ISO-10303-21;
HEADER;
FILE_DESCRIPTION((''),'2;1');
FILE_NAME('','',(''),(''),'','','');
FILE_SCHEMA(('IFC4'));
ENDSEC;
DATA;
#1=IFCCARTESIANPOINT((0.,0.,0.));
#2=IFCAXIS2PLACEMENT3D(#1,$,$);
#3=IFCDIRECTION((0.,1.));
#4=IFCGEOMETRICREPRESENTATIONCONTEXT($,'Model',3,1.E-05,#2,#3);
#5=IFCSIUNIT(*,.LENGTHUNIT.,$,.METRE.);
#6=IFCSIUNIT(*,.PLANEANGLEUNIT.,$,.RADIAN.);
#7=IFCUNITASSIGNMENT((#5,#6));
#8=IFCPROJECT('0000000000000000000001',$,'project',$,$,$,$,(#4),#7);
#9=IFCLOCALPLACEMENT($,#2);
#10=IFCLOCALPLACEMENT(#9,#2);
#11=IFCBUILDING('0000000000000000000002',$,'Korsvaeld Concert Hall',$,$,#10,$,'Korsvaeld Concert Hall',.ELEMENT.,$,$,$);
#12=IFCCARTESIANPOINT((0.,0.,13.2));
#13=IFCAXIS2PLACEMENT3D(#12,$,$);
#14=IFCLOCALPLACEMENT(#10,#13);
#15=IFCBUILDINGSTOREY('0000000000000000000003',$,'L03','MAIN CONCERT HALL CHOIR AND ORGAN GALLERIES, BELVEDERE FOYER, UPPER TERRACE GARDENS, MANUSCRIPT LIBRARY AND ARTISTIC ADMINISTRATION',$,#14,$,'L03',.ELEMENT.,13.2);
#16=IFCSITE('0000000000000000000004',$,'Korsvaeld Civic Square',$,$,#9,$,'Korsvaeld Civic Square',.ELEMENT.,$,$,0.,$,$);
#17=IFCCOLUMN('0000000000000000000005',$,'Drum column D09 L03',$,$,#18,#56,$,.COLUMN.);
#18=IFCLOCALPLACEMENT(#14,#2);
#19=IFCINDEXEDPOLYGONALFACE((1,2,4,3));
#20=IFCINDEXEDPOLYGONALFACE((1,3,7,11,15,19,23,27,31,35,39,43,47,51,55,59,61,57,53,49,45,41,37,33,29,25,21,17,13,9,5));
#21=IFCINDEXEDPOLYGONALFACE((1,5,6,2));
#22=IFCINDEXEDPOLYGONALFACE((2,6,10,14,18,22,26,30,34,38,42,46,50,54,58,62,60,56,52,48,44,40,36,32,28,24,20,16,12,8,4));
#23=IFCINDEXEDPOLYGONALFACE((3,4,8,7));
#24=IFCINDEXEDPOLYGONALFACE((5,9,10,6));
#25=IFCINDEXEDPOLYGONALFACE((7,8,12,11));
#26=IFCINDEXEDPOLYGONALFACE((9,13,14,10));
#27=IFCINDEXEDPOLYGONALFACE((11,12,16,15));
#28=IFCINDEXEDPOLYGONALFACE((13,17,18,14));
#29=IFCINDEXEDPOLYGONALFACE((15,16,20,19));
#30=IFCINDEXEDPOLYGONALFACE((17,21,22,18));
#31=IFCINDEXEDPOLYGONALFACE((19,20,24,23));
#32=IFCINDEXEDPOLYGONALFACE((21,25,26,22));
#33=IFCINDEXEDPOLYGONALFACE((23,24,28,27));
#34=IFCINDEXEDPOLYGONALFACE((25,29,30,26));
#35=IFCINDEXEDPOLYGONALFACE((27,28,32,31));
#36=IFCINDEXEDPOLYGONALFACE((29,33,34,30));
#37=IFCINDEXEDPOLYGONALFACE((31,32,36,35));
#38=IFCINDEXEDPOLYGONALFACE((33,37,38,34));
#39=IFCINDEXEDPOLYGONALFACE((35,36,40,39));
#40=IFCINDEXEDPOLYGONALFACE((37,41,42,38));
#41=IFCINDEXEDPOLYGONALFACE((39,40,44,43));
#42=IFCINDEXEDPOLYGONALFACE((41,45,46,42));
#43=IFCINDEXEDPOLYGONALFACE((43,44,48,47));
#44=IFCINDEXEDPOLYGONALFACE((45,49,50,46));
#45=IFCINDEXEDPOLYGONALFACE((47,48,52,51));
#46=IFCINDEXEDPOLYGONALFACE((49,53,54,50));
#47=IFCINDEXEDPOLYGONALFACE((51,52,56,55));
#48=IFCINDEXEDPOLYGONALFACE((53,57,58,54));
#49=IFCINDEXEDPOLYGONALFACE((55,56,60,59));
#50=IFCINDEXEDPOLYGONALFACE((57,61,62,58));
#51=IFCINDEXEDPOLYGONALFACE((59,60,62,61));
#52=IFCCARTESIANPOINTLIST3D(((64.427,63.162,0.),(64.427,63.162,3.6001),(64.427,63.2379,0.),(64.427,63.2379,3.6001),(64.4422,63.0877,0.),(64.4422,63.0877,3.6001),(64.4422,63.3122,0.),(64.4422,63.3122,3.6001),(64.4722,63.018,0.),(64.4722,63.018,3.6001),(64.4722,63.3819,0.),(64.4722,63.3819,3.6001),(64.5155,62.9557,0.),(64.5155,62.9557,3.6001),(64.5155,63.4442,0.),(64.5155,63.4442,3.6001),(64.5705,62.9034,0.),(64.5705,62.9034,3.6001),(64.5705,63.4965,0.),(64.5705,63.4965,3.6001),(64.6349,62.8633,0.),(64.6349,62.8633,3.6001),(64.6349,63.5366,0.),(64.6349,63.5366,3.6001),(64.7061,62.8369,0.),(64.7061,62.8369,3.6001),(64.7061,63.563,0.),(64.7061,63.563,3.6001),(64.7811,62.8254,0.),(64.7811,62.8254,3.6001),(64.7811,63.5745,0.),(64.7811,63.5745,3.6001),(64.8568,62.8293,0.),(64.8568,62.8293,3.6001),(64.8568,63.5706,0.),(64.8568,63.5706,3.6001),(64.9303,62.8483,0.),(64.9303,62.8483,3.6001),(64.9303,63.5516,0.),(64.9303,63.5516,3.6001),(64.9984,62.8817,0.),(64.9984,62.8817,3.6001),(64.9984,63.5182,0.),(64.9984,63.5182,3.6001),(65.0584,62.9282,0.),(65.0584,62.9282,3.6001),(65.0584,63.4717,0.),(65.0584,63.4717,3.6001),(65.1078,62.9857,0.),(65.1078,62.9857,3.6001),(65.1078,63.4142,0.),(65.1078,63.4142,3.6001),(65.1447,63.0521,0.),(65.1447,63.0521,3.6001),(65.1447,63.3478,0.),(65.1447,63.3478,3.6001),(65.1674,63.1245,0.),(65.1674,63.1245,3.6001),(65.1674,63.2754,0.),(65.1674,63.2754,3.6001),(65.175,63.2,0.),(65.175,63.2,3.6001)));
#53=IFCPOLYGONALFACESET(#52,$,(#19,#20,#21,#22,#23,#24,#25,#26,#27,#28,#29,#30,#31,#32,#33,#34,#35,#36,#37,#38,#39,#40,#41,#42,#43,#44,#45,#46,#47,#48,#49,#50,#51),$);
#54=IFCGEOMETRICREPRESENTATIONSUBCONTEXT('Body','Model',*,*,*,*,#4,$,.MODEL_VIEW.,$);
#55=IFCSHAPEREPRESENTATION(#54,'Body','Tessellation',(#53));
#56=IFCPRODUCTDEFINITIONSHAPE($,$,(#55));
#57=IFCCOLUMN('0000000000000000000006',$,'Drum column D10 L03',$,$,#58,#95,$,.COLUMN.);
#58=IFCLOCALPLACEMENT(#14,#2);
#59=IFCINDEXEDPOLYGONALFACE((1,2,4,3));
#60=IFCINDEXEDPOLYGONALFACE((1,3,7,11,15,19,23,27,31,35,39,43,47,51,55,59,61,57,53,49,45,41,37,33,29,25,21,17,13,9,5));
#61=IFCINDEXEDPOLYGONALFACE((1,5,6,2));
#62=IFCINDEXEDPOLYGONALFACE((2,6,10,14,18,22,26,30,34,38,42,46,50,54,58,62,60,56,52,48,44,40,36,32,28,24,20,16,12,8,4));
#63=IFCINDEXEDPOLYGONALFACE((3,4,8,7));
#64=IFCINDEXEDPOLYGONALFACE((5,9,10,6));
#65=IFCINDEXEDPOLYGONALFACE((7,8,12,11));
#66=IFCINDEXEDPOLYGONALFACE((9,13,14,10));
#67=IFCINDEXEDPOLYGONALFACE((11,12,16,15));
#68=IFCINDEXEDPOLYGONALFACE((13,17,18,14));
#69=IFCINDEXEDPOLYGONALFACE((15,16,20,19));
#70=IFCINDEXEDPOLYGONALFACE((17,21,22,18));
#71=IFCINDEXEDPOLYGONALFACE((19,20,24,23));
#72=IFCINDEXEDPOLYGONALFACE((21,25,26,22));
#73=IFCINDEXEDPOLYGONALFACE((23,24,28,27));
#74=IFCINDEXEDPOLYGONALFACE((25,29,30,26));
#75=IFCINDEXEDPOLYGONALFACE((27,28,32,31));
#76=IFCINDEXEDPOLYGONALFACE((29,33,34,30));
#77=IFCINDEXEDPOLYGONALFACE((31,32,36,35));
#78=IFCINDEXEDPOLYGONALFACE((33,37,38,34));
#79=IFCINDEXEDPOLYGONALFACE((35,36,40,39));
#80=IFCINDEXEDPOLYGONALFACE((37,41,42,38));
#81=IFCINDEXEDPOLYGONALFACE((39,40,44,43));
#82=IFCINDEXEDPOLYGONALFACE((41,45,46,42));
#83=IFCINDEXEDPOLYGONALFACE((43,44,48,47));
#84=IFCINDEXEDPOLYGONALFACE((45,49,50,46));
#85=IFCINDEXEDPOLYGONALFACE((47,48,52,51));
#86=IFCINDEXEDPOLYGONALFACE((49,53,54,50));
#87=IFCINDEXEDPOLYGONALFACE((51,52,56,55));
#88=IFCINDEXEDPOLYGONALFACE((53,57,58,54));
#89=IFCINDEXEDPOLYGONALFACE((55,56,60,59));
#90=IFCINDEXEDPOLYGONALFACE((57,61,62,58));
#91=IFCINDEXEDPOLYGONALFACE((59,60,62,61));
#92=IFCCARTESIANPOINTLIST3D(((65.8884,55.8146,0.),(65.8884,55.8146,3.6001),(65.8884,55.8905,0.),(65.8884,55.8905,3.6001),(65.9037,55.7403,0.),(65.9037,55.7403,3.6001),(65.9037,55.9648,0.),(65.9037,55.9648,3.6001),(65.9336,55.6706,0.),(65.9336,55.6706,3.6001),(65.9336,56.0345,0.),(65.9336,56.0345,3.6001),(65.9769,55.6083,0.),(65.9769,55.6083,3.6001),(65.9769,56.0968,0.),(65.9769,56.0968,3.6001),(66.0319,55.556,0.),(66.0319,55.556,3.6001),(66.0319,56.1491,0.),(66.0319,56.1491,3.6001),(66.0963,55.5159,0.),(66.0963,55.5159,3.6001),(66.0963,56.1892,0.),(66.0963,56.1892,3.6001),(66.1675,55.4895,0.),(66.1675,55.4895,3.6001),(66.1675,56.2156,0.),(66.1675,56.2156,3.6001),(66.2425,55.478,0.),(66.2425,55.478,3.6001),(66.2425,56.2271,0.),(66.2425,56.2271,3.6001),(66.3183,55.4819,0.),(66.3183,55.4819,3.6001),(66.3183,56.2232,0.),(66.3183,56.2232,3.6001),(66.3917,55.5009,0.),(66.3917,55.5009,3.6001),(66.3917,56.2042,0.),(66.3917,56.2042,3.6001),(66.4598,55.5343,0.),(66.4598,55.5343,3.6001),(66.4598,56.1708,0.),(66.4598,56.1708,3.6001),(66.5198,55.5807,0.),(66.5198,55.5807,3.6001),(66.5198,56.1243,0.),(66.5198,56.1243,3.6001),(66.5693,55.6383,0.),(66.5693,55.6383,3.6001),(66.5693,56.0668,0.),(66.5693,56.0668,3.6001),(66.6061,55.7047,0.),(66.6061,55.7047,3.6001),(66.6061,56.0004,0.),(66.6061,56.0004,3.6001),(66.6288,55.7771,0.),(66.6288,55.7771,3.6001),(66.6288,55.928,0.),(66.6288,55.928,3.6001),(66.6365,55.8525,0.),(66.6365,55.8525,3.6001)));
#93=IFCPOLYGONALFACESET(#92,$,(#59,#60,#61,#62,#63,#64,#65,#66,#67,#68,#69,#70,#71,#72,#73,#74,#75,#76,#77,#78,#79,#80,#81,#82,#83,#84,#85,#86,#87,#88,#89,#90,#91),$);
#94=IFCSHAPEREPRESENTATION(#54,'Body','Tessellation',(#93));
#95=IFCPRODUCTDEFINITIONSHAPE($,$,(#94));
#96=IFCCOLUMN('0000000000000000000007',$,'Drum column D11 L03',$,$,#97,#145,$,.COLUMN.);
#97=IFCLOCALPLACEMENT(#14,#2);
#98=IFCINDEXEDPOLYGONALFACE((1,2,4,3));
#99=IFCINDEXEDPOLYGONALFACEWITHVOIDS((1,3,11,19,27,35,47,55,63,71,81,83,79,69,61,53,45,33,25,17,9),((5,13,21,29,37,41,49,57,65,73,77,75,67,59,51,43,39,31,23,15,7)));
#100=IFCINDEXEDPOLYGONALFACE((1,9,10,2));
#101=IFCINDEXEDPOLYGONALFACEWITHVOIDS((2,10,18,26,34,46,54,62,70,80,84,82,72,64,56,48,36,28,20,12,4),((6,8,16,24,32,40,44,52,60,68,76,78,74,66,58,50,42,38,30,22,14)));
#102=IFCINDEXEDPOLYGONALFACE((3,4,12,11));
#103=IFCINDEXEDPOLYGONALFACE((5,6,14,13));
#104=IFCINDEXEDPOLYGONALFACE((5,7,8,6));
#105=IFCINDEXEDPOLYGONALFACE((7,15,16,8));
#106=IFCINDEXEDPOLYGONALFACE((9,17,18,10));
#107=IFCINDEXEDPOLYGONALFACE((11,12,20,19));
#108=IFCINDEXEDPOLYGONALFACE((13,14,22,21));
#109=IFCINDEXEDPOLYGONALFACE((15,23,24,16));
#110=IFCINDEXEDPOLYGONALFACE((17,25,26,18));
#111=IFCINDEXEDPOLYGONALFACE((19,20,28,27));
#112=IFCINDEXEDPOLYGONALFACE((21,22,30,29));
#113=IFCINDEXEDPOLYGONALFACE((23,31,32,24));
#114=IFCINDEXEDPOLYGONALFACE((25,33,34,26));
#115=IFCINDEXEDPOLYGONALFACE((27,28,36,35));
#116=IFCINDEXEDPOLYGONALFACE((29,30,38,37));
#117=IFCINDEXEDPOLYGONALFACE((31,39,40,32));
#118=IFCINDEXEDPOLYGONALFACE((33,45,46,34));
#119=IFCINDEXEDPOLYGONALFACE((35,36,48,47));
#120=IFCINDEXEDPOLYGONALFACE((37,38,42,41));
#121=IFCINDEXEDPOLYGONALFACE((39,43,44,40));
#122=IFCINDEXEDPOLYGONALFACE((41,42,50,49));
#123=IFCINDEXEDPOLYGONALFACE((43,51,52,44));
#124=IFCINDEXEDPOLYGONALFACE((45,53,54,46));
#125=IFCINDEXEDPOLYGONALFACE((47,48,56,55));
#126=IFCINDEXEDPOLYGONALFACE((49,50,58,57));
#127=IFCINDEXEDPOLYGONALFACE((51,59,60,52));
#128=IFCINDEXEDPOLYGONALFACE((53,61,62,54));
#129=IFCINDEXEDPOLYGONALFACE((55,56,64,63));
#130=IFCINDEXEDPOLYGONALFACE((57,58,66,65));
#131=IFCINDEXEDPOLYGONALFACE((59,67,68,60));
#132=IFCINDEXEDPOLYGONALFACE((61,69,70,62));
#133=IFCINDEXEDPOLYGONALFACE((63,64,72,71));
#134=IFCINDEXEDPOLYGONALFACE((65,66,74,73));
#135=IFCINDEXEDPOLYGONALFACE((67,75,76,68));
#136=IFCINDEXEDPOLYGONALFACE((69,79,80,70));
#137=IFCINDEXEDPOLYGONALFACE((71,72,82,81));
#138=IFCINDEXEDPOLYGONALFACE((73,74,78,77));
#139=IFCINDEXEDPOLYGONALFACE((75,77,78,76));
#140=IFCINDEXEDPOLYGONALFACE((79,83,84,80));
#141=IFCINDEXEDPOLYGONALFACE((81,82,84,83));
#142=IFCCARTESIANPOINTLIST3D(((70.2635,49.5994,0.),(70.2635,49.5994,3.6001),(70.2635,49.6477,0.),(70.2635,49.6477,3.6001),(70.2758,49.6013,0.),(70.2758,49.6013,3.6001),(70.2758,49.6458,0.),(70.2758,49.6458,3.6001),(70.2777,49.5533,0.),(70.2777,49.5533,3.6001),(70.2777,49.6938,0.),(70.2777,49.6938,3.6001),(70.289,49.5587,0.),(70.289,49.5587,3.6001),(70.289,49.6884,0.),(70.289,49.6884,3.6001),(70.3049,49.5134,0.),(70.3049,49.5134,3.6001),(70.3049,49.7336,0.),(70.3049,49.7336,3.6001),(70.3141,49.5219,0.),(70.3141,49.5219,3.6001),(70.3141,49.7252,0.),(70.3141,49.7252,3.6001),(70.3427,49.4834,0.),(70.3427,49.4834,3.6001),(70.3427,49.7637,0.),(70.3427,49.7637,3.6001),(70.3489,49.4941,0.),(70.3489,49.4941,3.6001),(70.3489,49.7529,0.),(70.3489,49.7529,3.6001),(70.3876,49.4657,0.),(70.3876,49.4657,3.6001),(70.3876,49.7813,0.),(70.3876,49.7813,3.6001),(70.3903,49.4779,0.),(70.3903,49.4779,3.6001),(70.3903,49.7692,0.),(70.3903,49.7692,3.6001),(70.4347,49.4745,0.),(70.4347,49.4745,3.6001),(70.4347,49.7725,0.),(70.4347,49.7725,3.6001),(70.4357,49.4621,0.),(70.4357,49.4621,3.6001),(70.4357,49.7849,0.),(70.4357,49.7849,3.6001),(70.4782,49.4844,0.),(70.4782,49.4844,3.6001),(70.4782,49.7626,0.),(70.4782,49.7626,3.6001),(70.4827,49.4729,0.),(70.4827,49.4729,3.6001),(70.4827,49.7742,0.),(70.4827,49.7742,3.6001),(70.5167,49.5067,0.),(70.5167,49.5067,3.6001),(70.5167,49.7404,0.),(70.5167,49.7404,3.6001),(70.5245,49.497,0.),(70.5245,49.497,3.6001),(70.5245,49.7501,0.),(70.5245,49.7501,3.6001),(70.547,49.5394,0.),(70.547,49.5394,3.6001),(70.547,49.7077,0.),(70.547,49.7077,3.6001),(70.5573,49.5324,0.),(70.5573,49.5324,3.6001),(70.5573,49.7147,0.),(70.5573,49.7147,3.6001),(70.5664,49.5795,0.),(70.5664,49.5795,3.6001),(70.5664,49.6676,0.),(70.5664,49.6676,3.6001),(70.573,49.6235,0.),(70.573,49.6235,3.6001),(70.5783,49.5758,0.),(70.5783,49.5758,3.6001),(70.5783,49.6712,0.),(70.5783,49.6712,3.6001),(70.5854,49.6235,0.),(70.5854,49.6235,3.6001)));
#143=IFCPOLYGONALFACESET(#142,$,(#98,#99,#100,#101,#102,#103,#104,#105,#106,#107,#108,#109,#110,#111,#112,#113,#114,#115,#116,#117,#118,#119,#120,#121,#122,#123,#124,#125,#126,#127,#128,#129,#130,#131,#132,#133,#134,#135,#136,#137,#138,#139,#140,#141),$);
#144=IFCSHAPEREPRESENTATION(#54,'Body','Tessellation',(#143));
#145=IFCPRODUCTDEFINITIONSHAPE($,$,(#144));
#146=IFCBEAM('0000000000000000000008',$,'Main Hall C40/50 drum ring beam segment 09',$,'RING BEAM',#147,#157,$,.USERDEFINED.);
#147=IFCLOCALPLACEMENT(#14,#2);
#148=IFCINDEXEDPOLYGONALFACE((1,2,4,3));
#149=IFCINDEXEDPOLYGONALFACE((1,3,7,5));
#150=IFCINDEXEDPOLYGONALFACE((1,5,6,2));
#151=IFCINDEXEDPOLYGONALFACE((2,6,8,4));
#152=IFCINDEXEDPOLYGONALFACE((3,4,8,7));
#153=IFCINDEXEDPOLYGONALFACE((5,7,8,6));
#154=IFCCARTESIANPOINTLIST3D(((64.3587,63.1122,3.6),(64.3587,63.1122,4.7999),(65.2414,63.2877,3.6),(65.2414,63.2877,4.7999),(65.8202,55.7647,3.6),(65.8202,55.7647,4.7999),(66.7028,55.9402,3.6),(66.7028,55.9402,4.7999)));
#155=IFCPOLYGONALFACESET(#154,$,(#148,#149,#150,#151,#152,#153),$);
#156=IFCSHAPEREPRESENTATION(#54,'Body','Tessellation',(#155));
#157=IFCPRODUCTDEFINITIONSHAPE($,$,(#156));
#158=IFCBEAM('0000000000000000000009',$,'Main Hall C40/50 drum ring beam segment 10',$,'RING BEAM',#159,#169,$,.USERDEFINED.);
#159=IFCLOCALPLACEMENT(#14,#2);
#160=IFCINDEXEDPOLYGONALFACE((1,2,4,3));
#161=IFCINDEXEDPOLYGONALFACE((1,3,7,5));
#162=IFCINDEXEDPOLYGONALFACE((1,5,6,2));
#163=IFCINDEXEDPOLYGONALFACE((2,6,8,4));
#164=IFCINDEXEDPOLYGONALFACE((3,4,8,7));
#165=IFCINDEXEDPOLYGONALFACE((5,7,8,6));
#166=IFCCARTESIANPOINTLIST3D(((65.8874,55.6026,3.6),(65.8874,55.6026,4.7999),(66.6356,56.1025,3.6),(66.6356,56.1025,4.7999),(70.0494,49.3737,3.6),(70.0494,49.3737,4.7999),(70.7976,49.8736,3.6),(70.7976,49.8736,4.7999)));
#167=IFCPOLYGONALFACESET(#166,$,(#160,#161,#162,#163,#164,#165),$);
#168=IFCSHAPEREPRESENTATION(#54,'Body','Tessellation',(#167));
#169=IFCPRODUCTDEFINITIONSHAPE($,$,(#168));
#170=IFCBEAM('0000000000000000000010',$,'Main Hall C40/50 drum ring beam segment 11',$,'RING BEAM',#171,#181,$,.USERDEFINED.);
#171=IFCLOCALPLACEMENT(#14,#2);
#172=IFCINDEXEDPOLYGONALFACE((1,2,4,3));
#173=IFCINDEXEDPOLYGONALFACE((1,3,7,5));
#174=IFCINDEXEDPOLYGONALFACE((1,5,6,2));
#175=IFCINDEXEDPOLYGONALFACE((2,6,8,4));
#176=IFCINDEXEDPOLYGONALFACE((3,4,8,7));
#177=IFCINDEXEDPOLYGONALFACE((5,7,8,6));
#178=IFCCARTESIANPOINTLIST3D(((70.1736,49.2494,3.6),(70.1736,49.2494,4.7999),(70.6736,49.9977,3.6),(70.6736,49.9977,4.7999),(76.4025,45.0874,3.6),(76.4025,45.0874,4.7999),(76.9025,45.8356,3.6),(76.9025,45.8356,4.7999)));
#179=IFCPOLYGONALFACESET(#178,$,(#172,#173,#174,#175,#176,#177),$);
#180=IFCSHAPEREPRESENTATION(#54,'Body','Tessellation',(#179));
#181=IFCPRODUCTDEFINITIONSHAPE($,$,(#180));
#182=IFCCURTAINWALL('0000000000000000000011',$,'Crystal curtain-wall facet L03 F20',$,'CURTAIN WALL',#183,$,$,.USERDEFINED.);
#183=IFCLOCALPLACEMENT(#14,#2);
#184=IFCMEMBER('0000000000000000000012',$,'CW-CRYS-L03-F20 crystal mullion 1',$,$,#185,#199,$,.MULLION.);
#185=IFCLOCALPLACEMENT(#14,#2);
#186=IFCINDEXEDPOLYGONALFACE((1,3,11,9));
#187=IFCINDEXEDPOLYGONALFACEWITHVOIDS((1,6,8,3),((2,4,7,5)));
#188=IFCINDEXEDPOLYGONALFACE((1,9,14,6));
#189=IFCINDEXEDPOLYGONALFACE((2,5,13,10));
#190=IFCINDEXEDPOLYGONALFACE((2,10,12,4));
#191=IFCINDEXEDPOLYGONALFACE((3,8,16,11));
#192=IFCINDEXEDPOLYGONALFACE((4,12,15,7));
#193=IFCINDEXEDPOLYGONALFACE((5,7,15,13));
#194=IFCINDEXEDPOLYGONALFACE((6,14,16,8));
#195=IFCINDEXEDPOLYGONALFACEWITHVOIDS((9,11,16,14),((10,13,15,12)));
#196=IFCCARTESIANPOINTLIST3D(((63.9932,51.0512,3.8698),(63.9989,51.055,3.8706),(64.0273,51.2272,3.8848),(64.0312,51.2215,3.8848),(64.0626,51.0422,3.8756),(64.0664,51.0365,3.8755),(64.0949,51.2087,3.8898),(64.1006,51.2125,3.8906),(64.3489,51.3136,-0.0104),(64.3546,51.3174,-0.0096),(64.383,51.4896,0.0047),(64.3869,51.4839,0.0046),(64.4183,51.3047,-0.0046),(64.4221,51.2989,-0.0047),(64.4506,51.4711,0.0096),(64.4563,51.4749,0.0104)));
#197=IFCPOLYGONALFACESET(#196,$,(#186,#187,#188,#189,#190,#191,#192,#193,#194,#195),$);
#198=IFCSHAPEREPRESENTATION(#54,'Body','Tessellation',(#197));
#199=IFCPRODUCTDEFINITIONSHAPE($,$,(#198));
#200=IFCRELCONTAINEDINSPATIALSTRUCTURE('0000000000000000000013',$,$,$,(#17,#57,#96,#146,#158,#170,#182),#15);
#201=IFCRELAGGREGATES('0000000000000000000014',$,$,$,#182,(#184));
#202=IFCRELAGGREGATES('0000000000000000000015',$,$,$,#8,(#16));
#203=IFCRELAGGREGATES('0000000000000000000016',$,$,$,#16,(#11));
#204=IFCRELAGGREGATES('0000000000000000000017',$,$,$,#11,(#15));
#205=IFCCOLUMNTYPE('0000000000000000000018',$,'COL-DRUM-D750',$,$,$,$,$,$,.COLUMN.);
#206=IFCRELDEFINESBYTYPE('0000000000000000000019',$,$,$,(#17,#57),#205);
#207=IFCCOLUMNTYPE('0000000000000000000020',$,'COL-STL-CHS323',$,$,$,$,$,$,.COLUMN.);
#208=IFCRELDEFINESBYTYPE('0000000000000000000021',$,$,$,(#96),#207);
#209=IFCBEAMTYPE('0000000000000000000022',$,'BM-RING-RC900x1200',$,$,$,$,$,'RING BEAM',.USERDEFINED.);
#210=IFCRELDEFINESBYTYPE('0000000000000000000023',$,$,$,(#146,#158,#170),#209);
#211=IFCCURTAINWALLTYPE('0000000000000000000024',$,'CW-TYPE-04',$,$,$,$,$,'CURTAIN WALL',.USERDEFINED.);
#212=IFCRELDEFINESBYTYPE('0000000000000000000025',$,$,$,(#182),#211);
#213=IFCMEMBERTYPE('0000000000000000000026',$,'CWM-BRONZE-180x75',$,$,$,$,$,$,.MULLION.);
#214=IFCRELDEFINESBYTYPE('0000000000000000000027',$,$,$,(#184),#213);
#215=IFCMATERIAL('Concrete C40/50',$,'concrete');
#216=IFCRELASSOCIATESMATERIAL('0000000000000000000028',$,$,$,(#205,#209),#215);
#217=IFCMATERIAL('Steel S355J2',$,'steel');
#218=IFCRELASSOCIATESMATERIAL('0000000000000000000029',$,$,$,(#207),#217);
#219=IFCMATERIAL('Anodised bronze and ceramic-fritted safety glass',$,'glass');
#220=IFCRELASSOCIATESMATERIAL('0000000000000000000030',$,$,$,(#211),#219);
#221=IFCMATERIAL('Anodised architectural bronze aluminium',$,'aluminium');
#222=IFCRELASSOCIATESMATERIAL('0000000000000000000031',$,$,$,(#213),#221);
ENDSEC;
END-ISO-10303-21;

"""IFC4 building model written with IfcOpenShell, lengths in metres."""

from ifc_helpers import new_model, si_unit, direction, frame, origin, origin_2d, place, context, subcontext, project, spatial, rectangle, hollow_rectangle, circle, hollow_circle, extrude, material, material_profile, profile_set, type_object, element, aggregate, save


model = new_model("IFC4")

# Units and contexts
model_context = context("Model", 3, precision=1e-05, world=origin(), true_north=direction((0.0, 1.0)))
body_context = subcontext(model_context, "Body", "Model", "MODEL_VIEW")
ifc_project = project(units=[si_unit("LENGTHUNIT", "METRE"), si_unit("PLANEANGLEUNIT", "RADIAN")], contexts=[model_context])

# Site, building, storey
site_placement = place(None, origin())
site = spatial("IfcSite", under=ifc_project, at=site_placement, Name="Korsvaeld Civic Square", LongName="Korsvaeld Civic Square", CompositionType="ELEMENT", RefElevation=0.0)
building_placement = place(site_placement, origin())
building = spatial("IfcBuilding", under=site, at=building_placement, Name="Korsvaeld Concert Hall", LongName="Korsvaeld Concert Hall", CompositionType="ELEMENT")
storey_placement = place(building_placement, frame((0.0, 0.0, 13.2)))
storey = spatial("IfcBuildingStorey", under=building, at=storey_placement, Name="L03", Description="MAIN CONCERT HALL CHOIR AND ORGAN GALLERIES, BELVEDERE FOYER, UPPER TERRACE GARDENS, MANUSCRIPT LIBRARY AND ARTISTIC ADMINISTRATION", LongName="L03", CompositionType="ELEMENT", Elevation=13.2)

# Columns
ifc_material_1 = material(Name="Concrete C40/50", Category="concrete")
ifc_material_profile_1 = material_profile(ifc_material_1, circle(Radius=0.375, at=origin_2d()), Name="RC D750")
ifc_profile_set_1 = profile_set([ifc_material_profile_1], Name="Concrete C40/50")
column_type_1 = type_object("IfcColumnType", Name="COL-DRUM-D750", PredefinedType="COLUMN", material=ifc_profile_set_1)
for number, where, z_axis, x_axis, name in (
    (1, (64.8, 63.2, 0.0), (0.0, 0.0, 1.0), (1.0, 0.0, 0.0), "Drum column D09 L03"),
    (2, (66.2615, 55.8525, 0.0), (0.0, 0.0, 1.0), (1.0, 0.0, 0.0), "Drum column D10 L03"),
):
    element("IfcColumn", number, at=place(storey_placement, frame(where, z_axis=z_axis, x_axis=x_axis)), inside=storey, type_object=column_type_1, Name=name, PredefinedType="COLUMN", context=body_context, shape_type="SweptSolid", body=[
        extrude(circle(Radius=0.375, at=origin_2d()), origin(), (0.0, 0.0, 1.0), 3.6001),
    ])
ifc_material_2 = material(Name="Steel S355J2", Category="steel")
ifc_material_profile_2 = material_profile(ifc_material_2, hollow_circle(Radius=0.1619, WallThickness=0.0125, at=origin_2d()), Name="CHS 323.9x12.5")
ifc_profile_set_2 = profile_set([ifc_material_profile_2], Name="Steel S355J2")
column_type_2 = type_object("IfcColumnType", Name="COL-STL-CHS323", PredefinedType="COLUMN", material=ifc_profile_set_2)
column_placement = place(storey_placement, frame((70.4236, 49.6235, 0.0), z_axis=(0.0, 0.0, 1.0), x_axis=(1.0, 0.0, 0.0)))
element("IfcColumn", 3, at=column_placement, inside=storey, type_object=column_type_2, Name="Drum column D11 L03", PredefinedType="COLUMN", context=body_context, shape_type="SweptSolid", body=[
    extrude(hollow_circle(Radius=0.1619, WallThickness=0.0125, at=origin_2d()), origin(), (0.0, 0.0, 1.0), 3.6001),
])

# Beams
ifc_material_profile_3 = material_profile(ifc_material_1, rectangle(XDim=0.8999, YDim=1.2, at=origin_2d()), Name="RC 900x1200")
ifc_profile_set_3 = profile_set([ifc_material_profile_3], Name="Concrete C40/50")
beam_type = type_object("IfcBeamType", Name="BM-RING-RC900x1200", ElementType="RING BEAM", PredefinedType="USERDEFINED", material=ifc_profile_set_3)
for number, where, z_axis, x_axis, name in (
    (4, (64.8, 63.2, 4.2), (0.195082, -0.980787, 0.0), (0.980787, 0.195082, 0.0), "Main Hall C40/50 drum ring beam segment 09"),
    (5, (66.2615, 55.8525, 4.2), (0.555572, -0.831468, 0.0), (0.831468, 0.555572, 0.0), "Main Hall C40/50 drum ring beam segment 10"),
    (6, (70.4236, 49.6235, 4.2), (0.831468, -0.555572, 0.0), (0.555572, 0.831468, 0.0), "Main Hall C40/50 drum ring beam segment 11"),
):
    element("IfcBeam", number, at=place(storey_placement, frame(where, z_axis=z_axis, x_axis=x_axis)), inside=storey, type_object=beam_type, Name=name, ObjectType="RING BEAM", PredefinedType="USERDEFINED", context=body_context, shape_type="SweptSolid", body=[
        extrude(rectangle(XDim=0.8999, YDim=1.2, at=origin_2d()), origin(), (0.0, 0.0, 1.0), 7.4915),
    ])

# Curtain wall, member
ifc_material_3 = material(Name="Anodised bronze and ceramic-fritted safety glass", Category="glass")
curtain_wall_type_1 = type_object("IfcCurtainWallType", Name="CW-TYPE-04", ElementType="CURTAIN WALL", PredefinedType="USERDEFINED", material=ifc_material_3)
curtain_wall_1_placement = place(storey_placement, origin())
curtain_wall_1 = element("IfcCurtainWall", 7, at=curtain_wall_1_placement, inside=storey, type_object=curtain_wall_type_1, Name="Crystal curtain-wall facet L03 F20", ObjectType="CURTAIN WALL", PredefinedType="USERDEFINED")
ifc_material_4 = material(Name="Anodised architectural bronze aluminium", Category="aluminium")
ifc_material_profile_4 = material_profile(ifc_material_4, hollow_rectangle(XDim=0.075, YDim=0.1799, WallThickness=0.0049, at=origin_2d()), Name="CWM 180x75x5")
ifc_profile_set_4 = profile_set([ifc_material_profile_4], Name="Anodised architectural bronze aluminium")
member_type_1 = type_object("IfcMemberType", Name="CWM-BRONZE-180x75", PredefinedType="MULLION", material=ifc_profile_set_4)
member_1_placement = place(storey_placement, frame((64.4026, 51.3943, 0.0), z_axis=(-0.091086, -0.067205, 0.993573), x_axis=(0.977585, -0.196208, 0.076349)))
member_1 = element("IfcMember", 8, at=member_1_placement, type_object=member_type_1, Name="CW-CRYS-L03-F20 crystal mullion 1", PredefinedType="MULLION", context=body_context, shape_type="SweptSolid", body=[
    extrude(hollow_rectangle(XDim=0.075, YDim=0.1799, WallThickness=0.0049, at=origin_2d()), origin(), (0.0, 0.0, 1.0), 3.9053),
])

aggregate(curtain_wall_1, [member_1])

save(model, "model.ifc")
